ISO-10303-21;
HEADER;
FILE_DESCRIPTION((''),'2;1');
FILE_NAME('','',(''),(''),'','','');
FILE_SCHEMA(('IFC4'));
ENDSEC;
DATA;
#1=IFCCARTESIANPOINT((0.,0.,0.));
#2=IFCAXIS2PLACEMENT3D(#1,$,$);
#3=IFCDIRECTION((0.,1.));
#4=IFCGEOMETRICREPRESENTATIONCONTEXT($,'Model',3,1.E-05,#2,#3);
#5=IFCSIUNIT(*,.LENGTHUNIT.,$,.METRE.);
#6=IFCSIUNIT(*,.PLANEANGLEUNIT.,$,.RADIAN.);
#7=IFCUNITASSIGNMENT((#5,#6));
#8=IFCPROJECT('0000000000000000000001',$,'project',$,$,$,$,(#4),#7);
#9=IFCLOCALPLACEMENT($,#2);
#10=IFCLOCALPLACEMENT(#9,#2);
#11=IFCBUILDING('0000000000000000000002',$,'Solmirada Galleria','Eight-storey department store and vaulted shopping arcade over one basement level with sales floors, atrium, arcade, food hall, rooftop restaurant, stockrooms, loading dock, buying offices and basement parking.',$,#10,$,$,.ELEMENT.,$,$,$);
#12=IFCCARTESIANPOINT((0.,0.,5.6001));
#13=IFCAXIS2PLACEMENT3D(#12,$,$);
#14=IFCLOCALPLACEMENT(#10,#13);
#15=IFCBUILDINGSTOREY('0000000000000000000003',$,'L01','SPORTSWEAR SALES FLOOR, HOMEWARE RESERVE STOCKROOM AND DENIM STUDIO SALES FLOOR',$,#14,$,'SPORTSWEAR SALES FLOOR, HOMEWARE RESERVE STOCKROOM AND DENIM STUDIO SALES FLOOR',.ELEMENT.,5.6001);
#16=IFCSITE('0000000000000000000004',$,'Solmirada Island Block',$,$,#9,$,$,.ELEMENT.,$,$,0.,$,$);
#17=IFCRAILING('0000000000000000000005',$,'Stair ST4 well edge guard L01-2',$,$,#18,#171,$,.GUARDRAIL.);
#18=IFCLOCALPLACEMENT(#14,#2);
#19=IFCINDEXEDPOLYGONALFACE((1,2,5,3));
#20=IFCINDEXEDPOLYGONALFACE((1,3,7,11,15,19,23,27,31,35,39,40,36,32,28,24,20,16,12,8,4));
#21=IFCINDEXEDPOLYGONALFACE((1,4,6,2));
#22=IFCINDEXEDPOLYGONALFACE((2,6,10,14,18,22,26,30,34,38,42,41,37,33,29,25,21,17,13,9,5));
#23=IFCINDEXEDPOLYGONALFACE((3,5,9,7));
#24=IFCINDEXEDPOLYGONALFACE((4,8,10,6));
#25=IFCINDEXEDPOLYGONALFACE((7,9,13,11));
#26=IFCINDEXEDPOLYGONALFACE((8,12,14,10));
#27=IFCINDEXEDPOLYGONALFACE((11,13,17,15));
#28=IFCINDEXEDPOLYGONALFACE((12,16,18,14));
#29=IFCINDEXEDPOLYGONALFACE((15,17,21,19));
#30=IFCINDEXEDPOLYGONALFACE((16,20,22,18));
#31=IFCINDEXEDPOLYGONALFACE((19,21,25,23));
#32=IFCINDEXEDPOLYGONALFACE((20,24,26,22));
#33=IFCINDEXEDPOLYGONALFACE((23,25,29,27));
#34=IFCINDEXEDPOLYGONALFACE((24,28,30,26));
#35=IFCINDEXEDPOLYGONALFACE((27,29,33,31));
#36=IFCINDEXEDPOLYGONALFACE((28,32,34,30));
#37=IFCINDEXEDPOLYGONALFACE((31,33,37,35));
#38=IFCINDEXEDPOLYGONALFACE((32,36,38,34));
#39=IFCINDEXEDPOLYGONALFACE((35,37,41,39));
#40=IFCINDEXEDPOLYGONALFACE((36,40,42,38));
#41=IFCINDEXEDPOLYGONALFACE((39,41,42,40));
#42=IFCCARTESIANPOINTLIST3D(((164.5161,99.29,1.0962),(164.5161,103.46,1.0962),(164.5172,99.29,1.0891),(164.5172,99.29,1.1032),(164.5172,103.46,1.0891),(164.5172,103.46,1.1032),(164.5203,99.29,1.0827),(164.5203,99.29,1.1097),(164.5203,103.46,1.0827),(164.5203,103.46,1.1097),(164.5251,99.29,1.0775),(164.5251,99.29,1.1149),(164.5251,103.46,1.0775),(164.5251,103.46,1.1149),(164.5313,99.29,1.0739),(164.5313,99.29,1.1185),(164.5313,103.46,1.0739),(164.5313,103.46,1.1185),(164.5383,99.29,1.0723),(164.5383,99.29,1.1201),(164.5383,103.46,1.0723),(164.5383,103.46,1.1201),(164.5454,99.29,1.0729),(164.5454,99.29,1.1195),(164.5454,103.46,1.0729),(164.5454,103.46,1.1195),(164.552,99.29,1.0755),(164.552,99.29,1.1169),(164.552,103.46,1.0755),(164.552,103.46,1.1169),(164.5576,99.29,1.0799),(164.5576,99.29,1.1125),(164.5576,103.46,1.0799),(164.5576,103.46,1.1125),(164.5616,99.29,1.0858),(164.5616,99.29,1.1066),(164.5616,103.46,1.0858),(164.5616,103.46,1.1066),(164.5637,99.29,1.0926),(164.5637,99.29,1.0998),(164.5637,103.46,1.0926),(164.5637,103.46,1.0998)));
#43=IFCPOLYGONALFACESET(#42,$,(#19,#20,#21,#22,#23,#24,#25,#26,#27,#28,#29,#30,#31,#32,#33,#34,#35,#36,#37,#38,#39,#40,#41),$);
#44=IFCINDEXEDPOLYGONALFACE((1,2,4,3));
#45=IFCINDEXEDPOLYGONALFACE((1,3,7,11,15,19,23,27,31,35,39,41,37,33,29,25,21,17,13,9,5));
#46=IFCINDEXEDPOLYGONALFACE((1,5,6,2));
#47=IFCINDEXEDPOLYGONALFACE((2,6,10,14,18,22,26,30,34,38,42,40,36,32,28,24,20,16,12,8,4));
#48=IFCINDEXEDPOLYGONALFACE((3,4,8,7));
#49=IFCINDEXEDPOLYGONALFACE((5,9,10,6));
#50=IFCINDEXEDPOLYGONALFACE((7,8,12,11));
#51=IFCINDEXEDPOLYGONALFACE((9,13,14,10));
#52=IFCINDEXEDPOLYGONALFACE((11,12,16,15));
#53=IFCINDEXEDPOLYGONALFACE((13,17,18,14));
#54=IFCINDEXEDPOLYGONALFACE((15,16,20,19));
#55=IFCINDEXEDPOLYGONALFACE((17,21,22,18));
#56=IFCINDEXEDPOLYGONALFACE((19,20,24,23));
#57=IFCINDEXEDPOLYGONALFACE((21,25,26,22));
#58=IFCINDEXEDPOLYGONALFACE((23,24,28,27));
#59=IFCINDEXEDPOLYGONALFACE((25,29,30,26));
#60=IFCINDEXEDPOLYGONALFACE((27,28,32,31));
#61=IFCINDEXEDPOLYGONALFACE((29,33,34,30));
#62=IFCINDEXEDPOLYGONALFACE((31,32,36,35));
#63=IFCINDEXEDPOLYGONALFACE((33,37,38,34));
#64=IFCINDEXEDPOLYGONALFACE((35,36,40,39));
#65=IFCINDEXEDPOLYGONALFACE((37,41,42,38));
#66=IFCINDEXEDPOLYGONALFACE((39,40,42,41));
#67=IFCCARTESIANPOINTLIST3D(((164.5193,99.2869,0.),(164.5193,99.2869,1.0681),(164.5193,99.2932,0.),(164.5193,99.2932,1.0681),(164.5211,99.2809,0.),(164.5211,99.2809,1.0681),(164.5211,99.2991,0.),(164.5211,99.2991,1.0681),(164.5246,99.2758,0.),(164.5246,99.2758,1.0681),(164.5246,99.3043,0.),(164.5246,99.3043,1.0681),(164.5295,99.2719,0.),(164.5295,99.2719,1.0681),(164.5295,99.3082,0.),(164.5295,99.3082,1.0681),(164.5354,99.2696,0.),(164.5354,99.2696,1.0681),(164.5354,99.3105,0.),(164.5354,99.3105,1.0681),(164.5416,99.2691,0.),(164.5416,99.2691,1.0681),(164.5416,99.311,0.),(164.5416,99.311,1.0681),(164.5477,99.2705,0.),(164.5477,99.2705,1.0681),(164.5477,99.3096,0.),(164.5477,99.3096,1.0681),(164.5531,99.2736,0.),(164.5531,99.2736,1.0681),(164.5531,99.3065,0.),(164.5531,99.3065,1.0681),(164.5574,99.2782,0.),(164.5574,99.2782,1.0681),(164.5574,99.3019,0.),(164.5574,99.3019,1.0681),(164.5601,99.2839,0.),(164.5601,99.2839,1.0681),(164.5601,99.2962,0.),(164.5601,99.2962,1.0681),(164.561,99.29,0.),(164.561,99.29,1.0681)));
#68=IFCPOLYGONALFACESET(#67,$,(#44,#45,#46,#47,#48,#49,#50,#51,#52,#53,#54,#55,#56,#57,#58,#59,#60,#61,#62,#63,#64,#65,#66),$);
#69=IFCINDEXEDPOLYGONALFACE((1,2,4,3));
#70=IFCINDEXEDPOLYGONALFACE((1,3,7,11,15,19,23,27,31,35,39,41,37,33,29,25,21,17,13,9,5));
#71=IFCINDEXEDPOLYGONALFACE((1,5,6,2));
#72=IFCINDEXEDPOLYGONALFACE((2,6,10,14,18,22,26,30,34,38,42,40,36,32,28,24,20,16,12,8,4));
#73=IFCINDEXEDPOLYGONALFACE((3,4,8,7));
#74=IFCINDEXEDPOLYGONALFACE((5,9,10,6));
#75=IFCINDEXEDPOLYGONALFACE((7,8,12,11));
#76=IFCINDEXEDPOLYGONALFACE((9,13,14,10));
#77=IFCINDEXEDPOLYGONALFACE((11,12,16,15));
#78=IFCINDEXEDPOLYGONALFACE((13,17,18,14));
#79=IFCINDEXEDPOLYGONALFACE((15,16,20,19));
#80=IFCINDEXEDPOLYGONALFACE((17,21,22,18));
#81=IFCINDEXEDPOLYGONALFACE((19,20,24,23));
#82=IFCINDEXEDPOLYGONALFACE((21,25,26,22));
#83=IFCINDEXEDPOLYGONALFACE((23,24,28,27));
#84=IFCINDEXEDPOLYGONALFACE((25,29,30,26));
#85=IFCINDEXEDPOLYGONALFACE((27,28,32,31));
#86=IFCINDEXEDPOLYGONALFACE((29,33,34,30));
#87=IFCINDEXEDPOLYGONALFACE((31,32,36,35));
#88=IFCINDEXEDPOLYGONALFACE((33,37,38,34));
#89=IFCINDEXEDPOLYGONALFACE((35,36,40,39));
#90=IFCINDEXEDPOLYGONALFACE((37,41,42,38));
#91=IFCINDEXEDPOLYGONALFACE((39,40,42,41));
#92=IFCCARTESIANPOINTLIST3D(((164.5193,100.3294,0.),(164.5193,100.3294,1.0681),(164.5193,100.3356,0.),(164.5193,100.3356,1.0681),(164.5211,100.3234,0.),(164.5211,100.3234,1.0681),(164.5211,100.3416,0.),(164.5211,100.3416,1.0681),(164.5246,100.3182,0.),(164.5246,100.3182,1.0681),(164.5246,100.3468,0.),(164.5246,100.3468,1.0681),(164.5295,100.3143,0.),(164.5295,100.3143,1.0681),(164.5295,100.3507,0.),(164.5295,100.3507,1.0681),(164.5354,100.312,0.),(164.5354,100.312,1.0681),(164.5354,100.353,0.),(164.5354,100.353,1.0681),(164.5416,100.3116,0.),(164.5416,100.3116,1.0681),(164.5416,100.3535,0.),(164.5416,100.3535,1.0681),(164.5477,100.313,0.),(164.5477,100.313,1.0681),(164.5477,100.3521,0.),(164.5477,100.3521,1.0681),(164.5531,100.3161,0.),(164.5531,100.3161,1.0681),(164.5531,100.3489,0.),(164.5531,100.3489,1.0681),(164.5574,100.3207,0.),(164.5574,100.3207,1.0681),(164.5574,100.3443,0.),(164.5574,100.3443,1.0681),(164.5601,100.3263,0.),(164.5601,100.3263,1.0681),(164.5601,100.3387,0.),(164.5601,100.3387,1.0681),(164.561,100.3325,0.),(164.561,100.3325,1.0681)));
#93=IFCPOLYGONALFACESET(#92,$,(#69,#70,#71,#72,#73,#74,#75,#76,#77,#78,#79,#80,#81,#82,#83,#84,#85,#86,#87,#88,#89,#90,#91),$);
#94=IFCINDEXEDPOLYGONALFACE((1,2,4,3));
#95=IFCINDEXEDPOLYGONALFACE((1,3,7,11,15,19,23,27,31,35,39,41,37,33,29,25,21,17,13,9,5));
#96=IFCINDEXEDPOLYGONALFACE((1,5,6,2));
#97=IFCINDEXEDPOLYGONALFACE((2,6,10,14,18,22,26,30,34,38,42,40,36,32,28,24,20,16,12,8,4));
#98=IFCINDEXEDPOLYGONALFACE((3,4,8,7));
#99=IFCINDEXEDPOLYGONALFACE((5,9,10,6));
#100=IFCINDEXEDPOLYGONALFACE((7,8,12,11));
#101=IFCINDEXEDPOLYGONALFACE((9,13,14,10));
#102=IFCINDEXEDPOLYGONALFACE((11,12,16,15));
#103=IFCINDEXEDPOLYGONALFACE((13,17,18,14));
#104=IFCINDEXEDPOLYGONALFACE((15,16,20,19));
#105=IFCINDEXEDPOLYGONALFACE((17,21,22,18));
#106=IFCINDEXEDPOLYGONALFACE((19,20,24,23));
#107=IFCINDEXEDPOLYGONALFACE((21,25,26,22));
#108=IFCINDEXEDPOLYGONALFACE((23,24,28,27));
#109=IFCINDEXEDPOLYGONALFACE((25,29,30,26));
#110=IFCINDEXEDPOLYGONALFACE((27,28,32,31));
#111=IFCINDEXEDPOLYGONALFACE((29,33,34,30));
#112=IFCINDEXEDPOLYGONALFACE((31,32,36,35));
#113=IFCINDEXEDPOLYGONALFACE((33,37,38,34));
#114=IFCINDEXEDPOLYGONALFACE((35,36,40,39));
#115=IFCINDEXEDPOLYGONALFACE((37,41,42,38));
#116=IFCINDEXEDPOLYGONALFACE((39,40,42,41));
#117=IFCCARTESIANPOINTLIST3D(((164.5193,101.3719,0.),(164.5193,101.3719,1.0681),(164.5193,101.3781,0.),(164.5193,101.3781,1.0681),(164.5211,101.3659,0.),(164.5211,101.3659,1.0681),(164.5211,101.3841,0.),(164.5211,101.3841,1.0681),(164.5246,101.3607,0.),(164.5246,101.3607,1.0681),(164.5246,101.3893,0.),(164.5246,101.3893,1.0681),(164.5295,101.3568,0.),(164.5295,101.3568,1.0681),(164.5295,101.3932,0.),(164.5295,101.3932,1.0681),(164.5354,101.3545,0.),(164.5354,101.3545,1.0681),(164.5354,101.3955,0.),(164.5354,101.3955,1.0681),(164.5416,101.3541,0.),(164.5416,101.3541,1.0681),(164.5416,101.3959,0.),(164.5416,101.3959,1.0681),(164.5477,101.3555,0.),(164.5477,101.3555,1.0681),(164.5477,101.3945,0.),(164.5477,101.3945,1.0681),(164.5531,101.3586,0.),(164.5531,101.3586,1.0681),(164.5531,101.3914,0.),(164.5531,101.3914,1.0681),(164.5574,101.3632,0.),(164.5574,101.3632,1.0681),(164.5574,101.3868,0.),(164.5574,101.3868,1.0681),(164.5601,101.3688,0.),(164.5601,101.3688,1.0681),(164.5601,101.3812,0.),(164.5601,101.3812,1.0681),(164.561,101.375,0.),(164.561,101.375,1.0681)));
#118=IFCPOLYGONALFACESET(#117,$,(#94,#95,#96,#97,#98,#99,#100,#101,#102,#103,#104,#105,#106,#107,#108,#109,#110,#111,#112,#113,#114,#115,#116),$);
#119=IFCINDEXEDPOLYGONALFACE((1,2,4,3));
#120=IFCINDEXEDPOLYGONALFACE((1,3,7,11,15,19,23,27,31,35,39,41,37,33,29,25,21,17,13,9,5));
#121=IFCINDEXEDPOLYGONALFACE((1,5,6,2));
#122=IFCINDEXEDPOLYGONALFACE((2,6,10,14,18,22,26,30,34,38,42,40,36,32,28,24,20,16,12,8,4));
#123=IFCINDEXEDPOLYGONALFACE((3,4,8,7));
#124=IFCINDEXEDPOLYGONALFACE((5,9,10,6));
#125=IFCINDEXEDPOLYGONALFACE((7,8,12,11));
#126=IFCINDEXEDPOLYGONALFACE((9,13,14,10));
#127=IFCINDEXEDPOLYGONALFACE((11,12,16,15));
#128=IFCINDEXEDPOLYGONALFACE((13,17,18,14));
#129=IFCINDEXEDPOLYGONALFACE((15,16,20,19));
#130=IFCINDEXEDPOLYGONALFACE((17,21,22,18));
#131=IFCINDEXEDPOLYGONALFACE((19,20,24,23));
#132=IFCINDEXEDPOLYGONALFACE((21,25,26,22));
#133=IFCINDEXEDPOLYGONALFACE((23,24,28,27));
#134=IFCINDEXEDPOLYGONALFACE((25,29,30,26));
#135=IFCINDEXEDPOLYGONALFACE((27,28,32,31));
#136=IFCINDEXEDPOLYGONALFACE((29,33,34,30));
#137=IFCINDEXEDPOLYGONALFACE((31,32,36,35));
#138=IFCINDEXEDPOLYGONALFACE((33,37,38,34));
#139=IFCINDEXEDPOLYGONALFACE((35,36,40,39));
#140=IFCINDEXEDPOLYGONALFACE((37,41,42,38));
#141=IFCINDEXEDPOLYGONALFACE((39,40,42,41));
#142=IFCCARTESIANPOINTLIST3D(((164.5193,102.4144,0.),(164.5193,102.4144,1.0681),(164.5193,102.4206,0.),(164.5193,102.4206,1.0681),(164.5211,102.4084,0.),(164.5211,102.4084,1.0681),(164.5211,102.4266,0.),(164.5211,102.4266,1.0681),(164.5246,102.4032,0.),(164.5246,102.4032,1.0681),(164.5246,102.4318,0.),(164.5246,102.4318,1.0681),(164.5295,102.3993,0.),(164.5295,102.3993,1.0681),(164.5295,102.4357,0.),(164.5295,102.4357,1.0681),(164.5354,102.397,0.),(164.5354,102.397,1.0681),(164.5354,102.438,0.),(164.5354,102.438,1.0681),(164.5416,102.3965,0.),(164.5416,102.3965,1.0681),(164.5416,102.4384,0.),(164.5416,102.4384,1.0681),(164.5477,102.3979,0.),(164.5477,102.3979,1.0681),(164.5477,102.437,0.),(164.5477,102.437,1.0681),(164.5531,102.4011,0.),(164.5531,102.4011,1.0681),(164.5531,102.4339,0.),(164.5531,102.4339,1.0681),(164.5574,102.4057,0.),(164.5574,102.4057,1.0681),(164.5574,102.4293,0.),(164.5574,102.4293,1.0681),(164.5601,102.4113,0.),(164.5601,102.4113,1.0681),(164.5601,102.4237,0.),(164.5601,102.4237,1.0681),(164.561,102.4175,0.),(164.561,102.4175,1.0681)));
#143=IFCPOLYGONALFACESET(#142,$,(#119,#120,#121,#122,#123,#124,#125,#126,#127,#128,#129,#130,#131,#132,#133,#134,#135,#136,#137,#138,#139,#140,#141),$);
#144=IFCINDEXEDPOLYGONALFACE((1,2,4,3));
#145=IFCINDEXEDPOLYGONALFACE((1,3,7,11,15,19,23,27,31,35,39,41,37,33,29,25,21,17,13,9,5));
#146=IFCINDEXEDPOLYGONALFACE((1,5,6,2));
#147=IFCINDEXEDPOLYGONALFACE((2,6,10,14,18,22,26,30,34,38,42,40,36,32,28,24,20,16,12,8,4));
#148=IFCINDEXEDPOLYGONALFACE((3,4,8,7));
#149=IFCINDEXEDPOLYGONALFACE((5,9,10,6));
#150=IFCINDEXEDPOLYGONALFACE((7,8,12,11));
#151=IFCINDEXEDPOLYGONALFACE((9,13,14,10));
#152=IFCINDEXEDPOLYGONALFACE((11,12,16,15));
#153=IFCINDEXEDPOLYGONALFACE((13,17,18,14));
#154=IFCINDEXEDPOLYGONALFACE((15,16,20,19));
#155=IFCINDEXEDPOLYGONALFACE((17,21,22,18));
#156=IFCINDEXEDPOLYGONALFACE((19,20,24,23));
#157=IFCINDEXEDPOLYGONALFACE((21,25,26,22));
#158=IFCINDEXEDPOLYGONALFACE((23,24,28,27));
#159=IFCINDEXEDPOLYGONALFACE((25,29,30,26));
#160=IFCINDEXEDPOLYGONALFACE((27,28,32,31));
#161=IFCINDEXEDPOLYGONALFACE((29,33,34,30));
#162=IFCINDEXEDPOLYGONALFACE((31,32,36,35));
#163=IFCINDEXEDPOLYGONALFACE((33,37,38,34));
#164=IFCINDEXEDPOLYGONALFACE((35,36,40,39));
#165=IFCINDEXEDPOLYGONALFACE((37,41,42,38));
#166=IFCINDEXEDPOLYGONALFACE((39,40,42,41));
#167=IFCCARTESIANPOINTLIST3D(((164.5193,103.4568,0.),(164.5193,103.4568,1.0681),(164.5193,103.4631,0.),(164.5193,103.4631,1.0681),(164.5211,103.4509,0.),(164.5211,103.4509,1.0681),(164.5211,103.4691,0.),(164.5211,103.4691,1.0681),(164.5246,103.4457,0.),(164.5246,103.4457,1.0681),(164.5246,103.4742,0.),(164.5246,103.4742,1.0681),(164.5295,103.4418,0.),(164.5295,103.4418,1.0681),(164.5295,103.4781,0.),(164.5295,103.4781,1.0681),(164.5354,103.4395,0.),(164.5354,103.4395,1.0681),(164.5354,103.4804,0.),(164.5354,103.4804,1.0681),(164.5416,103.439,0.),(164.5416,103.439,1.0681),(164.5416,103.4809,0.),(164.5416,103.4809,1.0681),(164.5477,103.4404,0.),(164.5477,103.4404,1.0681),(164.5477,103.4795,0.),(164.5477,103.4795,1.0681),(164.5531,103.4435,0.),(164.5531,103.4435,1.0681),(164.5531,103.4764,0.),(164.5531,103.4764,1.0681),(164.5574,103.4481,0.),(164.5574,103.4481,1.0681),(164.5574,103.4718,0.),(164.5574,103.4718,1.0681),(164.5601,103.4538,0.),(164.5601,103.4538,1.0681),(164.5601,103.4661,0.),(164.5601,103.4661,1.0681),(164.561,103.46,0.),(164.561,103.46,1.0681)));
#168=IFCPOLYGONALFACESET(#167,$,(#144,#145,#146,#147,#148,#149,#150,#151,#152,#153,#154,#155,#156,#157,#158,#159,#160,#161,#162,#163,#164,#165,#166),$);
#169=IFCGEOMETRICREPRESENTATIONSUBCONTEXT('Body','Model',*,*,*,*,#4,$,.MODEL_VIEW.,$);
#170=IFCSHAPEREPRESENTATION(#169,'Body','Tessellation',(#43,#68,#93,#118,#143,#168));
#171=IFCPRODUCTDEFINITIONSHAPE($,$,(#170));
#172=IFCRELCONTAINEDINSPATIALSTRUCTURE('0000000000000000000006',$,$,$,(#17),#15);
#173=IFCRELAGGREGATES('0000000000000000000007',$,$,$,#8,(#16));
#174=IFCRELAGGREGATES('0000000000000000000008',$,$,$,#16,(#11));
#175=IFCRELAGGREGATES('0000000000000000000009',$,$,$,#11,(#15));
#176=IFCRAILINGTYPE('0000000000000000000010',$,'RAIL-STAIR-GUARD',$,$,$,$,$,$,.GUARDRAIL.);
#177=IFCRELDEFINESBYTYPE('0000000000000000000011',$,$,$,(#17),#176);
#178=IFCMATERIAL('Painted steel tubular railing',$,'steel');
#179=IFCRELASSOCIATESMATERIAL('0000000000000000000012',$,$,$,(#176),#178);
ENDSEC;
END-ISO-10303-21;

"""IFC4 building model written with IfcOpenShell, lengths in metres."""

from ifc_helpers import new_model, si_unit, direction, frame, origin, origin_2d, place, context, subcontext, project, spatial, circle, extrude, material, type_object, element, save


model = new_model("IFC4")

# Units and contexts
model_context = context("Model", 3, precision=1e-05, world=origin(), true_north=direction((0.0, 1.0)))
body_context = subcontext(model_context, "Body", "Model", "MODEL_VIEW")
ifc_project = project(units=[si_unit("LENGTHUNIT", "METRE"), si_unit("PLANEANGLEUNIT", "RADIAN")], contexts=[model_context])

# Site, building, storey
site_placement = place(None, origin())
site = spatial("IfcSite", under=ifc_project, at=site_placement, Name="Solmirada Island Block", CompositionType="ELEMENT", RefElevation=0.0)
building_placement = place(site_placement, origin())
building = spatial("IfcBuilding", under=site, at=building_placement, Name="Solmirada Galleria", Description="Eight-storey department store and vaulted shopping arcade over one basement level with sales floors, atrium, arcade, food hall, rooftop restaurant, stockrooms, loading dock, buying offices and basement parking.", CompositionType="ELEMENT")
storey_placement = place(building_placement, frame((0.0, 0.0, 5.6001)))
storey = spatial("IfcBuildingStorey", under=building, at=storey_placement, Name="L01", Description="SPORTSWEAR SALES FLOOR, HOMEWARE RESERVE STOCKROOM AND DENIM STUDIO SALES FLOOR", LongName="SPORTSWEAR SALES FLOOR, HOMEWARE RESERVE STOCKROOM AND DENIM STUDIO SALES FLOOR", CompositionType="ELEMENT", Elevation=5.6001)

# Railing
ifc_material_1 = material(Name="Painted steel tubular railing", Category="steel")
railing_type = type_object("IfcRailingType", Name="RAIL-STAIR-GUARD", PredefinedType="GUARDRAIL", material=ifc_material_1)
railing_1_placement = place(storey_placement, frame((164.54, 99.29, 0.0)))
element("IfcRailing", 1, at=railing_1_placement, inside=storey, type_object=railing_type, Name="Stair ST4 well edge guard L01-2", PredefinedType="GUARDRAIL", context=body_context, shape_type="SweptSolid", body=[
    extrude(circle(Radius=0.0239, at=origin_2d()), frame((0.0, 0.0, 1.0962), z_axis=(0.0, 1.0, 0.0), x_axis=(-1.0, 0.0, 0.0)), (0.0, 0.0, 1.0), 4.1699),
    extrude(circle(Radius=0.021, at=origin_2d()), origin(), (0.0, 0.0, 1.0), 1.0681),
    extrude(circle(Radius=0.021, at=origin_2d()), frame((0.0, 1.0425, 0.0)), (0.0, 0.0, 1.0), 1.0681),
    extrude(circle(Radius=0.021, at=origin_2d()), frame((0.0, 2.085, 0.0)), (0.0, 0.0, 1.0), 1.0681),
    extrude(circle(Radius=0.021, at=origin_2d()), frame((0.0, 3.1274, 0.0)), (0.0, 0.0, 1.0), 1.0681),
    extrude(circle(Radius=0.021, at=origin_2d()), frame((0.0, 4.1699, 0.0)), (0.0, 0.0, 1.0), 1.0681),
])

save(model, "model.ifc")
